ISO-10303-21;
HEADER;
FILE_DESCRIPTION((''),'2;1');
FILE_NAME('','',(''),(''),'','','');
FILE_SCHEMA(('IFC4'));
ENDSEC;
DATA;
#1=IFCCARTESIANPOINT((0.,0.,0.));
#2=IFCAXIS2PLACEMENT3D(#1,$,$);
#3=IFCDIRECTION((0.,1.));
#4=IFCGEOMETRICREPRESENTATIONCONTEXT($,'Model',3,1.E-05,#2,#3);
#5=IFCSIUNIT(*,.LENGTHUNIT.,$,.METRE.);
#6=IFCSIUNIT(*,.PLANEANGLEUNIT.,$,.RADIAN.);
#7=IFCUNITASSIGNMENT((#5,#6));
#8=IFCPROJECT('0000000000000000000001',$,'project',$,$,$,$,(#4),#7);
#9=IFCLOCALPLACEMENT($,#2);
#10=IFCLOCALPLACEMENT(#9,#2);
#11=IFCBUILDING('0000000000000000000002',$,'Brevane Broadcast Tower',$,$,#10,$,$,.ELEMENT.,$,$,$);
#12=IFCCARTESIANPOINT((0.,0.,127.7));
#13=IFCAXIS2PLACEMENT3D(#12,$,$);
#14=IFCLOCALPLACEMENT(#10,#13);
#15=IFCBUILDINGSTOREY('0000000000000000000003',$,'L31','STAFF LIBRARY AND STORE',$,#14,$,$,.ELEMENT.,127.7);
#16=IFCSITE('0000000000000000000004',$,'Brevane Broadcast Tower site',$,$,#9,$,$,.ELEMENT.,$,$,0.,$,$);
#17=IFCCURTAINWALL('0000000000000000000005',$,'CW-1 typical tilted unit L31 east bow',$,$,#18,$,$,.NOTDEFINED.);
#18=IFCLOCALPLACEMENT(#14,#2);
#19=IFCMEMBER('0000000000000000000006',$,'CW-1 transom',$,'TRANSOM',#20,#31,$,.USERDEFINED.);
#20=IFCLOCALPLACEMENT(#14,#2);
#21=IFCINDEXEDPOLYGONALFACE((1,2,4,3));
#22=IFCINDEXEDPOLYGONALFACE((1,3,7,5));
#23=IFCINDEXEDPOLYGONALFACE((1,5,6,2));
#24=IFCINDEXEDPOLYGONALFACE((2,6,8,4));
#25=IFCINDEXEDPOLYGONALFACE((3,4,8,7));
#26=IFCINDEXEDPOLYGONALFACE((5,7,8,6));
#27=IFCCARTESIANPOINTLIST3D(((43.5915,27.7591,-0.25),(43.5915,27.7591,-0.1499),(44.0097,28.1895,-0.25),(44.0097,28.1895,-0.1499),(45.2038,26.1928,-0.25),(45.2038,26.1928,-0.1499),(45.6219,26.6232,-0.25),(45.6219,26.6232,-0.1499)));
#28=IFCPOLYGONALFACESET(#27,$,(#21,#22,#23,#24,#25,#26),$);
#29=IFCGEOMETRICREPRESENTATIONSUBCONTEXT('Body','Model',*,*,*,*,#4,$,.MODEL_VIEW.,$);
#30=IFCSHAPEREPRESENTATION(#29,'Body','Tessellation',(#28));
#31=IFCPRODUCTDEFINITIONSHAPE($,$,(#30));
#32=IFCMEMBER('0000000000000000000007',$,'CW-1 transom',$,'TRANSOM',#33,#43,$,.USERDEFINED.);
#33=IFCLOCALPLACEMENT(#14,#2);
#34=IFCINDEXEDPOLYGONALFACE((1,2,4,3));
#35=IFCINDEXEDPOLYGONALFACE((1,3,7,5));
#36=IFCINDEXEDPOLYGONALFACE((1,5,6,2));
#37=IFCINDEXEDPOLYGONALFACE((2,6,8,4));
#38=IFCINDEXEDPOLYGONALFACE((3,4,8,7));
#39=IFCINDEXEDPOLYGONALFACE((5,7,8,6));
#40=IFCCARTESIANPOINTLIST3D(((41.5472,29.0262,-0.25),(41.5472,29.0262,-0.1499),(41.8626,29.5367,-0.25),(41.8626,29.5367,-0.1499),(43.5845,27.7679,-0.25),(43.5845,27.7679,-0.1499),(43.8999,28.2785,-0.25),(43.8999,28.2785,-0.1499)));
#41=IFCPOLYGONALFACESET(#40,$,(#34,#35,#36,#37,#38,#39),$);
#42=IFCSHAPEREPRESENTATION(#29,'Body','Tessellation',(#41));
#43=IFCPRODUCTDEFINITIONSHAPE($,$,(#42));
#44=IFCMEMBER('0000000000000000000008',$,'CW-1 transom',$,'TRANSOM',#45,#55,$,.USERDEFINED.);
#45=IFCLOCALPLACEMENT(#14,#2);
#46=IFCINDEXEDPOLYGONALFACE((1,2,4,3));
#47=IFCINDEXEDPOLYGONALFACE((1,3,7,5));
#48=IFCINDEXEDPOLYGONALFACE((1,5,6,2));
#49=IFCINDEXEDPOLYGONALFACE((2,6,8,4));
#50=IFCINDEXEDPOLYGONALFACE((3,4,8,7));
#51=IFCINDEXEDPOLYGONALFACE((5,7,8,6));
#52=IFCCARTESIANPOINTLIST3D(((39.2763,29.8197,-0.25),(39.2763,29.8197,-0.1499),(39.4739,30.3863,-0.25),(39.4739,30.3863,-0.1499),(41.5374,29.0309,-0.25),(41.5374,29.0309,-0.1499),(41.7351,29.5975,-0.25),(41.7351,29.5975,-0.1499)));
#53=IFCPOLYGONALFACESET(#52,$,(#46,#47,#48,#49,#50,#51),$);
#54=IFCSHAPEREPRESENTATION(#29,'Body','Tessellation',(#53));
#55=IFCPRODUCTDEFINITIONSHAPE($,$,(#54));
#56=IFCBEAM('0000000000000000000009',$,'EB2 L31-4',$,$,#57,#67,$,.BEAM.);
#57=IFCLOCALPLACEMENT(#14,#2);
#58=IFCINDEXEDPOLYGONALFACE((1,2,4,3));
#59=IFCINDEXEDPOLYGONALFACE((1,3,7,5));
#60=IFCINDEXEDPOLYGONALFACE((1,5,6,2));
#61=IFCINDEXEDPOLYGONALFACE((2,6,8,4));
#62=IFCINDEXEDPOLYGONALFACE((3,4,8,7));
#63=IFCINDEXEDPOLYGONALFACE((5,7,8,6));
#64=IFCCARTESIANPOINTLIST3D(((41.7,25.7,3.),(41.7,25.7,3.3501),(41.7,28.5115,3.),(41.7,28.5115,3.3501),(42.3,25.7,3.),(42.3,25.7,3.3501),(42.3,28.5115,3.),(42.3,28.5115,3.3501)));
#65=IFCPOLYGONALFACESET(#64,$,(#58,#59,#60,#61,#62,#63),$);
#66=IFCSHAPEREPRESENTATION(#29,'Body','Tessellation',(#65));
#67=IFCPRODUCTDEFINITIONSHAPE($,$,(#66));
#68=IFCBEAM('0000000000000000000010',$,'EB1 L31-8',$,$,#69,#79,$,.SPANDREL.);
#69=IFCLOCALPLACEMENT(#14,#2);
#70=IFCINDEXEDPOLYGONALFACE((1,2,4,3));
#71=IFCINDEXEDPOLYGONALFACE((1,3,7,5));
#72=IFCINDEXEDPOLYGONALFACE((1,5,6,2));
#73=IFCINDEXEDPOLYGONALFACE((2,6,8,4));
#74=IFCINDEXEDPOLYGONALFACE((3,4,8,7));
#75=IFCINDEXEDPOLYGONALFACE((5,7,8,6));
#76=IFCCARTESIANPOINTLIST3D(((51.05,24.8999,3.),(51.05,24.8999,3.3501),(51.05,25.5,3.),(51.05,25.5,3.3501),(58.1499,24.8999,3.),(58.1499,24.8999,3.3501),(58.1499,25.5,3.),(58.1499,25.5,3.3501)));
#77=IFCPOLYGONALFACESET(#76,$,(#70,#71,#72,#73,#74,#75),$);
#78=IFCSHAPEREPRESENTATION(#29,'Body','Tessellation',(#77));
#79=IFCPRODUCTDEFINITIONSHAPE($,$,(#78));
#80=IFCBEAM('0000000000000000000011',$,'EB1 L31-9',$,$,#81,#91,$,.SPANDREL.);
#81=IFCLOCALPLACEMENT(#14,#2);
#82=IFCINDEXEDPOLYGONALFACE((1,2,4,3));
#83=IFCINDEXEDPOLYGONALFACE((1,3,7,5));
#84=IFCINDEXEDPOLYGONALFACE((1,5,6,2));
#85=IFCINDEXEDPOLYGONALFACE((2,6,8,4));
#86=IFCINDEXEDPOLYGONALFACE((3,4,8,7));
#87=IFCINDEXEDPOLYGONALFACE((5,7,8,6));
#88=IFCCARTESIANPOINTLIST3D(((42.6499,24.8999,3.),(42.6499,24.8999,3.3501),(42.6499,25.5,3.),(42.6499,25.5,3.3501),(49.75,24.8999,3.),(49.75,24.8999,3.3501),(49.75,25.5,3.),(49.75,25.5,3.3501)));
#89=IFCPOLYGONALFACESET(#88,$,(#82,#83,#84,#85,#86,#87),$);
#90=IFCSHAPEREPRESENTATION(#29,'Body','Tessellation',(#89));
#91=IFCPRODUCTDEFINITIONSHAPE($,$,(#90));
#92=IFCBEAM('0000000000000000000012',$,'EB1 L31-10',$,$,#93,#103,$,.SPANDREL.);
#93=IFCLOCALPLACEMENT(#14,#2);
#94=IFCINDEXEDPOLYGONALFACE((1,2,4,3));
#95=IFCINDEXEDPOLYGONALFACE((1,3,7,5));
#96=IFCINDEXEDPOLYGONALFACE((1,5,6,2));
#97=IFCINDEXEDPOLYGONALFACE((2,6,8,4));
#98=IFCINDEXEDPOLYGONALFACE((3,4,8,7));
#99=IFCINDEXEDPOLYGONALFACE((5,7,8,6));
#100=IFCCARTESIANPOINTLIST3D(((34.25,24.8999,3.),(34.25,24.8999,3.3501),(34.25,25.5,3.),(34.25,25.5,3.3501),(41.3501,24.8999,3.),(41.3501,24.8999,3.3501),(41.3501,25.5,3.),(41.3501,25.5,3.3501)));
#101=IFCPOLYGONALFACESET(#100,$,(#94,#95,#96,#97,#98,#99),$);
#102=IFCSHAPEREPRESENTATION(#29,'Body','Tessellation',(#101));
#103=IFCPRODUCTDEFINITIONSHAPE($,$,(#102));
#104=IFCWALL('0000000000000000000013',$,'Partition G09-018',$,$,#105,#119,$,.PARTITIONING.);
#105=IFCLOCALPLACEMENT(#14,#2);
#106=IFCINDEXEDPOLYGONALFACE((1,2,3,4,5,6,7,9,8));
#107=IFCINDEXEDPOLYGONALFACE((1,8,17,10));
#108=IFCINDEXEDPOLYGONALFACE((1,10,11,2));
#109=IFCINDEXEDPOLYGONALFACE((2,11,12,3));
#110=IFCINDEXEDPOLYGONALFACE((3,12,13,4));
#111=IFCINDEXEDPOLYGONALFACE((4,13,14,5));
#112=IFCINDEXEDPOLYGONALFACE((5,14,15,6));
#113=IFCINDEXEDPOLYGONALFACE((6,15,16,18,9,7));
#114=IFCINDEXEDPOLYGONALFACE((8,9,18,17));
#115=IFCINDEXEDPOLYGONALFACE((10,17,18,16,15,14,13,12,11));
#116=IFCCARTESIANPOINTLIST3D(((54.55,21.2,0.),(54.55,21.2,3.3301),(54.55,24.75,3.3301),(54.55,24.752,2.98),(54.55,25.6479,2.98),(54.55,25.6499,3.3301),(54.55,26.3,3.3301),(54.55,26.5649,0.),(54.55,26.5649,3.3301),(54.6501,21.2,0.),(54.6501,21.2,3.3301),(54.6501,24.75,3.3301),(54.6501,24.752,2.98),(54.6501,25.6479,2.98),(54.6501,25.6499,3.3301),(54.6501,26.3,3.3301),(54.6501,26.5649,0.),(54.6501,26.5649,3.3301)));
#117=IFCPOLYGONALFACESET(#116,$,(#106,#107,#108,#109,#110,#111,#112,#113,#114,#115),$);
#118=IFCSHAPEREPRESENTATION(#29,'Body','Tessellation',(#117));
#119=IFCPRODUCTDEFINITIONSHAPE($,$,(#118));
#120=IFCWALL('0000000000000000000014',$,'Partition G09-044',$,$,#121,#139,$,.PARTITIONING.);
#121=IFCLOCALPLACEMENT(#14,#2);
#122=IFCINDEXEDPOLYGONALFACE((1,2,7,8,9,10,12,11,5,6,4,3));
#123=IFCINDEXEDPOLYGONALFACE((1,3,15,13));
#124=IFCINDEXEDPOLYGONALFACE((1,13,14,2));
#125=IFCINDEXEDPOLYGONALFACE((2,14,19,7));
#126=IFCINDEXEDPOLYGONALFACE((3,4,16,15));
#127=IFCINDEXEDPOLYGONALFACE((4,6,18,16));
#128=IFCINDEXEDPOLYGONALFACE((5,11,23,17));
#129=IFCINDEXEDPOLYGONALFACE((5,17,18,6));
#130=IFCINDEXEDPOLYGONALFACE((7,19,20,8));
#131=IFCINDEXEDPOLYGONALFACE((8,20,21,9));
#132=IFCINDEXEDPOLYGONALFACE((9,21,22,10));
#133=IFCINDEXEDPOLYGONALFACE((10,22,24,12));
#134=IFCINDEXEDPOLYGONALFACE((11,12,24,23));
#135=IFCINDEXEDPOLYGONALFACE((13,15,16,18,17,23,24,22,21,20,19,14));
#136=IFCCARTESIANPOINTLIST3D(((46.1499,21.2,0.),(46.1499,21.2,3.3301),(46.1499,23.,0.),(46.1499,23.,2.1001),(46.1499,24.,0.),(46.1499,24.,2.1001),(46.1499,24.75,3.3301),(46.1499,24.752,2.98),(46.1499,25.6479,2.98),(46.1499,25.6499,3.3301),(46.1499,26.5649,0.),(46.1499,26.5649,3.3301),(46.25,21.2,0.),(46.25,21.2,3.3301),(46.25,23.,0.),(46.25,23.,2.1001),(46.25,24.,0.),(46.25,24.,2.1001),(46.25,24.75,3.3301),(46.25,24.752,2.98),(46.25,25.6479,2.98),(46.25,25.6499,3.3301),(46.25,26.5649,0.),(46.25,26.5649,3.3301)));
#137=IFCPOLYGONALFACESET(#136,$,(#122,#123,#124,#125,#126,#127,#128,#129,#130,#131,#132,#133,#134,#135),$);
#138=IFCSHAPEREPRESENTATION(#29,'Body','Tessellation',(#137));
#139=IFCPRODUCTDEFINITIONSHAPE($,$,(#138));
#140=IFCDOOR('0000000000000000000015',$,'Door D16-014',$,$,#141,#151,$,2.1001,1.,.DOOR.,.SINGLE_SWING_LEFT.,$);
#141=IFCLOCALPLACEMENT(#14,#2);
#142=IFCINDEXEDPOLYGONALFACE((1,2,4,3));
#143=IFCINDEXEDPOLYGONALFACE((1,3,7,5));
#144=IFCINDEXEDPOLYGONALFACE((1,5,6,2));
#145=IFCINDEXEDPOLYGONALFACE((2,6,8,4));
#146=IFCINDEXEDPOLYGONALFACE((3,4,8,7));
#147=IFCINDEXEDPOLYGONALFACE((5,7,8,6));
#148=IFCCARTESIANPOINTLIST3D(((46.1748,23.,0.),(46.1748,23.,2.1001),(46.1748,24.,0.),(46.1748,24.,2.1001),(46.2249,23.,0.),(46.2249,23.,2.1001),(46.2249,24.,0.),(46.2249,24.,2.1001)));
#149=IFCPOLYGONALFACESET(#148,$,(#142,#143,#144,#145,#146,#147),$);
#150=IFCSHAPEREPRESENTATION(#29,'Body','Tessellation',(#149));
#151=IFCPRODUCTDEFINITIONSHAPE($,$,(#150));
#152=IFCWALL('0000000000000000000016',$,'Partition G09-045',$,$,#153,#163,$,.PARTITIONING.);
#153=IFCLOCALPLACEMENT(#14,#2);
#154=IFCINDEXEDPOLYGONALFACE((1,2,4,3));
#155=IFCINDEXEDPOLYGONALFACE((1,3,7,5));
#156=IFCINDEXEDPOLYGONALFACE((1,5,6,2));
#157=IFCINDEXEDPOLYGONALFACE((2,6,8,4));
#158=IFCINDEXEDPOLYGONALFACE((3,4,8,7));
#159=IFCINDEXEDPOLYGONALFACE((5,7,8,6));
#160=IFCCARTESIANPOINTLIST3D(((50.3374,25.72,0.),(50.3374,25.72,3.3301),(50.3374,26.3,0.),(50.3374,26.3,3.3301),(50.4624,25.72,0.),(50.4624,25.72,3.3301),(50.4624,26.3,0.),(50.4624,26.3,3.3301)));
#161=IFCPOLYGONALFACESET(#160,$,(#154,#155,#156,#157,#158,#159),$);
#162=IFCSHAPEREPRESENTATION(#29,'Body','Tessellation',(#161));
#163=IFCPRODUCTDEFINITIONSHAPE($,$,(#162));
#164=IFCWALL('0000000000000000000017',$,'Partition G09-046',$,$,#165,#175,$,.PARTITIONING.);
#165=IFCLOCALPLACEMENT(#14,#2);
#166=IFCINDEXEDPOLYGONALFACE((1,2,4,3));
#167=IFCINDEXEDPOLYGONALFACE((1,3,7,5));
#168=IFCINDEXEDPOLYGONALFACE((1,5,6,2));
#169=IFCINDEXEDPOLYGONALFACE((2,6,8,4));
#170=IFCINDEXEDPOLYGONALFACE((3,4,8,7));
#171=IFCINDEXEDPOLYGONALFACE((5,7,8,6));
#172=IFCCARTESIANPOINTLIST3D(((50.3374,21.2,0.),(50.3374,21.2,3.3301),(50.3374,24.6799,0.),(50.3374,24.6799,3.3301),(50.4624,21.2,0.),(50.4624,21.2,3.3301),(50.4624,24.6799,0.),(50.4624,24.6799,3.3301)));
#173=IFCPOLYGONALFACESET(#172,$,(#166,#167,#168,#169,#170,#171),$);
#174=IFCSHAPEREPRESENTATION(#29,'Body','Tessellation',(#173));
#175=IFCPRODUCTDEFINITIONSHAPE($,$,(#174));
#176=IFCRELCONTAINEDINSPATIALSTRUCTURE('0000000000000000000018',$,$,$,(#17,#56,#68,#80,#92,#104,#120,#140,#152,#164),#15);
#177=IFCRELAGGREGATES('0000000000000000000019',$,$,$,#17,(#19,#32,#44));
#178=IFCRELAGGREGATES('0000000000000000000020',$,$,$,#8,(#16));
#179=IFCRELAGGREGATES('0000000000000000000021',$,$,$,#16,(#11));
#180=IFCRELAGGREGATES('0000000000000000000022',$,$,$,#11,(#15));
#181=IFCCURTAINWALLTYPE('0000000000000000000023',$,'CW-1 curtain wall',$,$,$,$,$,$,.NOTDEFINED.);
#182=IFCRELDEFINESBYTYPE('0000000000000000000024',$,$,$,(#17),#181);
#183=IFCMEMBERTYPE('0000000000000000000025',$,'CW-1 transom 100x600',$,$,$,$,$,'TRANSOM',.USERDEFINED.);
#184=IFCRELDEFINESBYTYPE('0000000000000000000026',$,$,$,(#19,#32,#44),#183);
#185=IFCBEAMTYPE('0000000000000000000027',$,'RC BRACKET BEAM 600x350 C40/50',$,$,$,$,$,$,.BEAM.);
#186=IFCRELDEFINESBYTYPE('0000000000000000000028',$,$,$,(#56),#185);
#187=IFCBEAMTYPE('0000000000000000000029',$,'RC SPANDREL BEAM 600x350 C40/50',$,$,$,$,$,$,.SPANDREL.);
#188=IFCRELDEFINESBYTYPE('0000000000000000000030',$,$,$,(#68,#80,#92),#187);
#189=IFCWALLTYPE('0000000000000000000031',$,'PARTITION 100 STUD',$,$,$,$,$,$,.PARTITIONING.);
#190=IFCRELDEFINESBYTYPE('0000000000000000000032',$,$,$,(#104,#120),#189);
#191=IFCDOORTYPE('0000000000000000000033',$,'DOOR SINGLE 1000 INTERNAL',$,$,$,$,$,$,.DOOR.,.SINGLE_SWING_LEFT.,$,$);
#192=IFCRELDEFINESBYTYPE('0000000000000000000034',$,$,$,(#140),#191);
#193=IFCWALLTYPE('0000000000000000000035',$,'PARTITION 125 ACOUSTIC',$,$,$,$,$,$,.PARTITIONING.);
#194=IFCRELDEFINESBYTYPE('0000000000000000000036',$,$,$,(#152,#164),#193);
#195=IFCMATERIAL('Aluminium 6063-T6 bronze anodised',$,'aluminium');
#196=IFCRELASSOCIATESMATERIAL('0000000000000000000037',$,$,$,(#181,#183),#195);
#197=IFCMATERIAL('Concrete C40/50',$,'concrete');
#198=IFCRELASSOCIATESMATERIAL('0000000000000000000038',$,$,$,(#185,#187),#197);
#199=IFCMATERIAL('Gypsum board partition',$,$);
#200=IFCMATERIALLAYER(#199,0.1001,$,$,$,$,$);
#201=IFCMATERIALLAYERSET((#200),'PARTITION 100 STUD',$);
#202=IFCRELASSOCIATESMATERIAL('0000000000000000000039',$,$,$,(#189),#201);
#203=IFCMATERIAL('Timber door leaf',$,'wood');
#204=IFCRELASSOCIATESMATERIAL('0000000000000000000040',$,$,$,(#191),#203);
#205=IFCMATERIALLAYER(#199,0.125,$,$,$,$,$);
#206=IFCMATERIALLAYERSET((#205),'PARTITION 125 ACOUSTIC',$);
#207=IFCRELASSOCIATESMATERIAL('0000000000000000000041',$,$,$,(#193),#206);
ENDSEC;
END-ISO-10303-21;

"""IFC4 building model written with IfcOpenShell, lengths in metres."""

from ifc_helpers import new_model, si_unit, direction, frame, frame_2d, origin, origin_2d, place, context, subcontext, project, spatial, polyline, rectangle, outline, extrude, material, layer, layer_set, material_profile, profile_set, type_object, element, fill, aggregate, save


model = new_model("IFC4")

# Units and contexts
model_context = context("Model", 3, precision=1e-05, world=origin(), true_north=direction((0.0, 1.0)))
body_context = subcontext(model_context, "Body", "Model", "MODEL_VIEW")
ifc_project = project(units=[si_unit("LENGTHUNIT", "METRE"), si_unit("PLANEANGLEUNIT", "RADIAN")], contexts=[model_context])

# Site, building, storey
site_placement = place(None, origin())
site = spatial("IfcSite", under=ifc_project, at=site_placement, Name="Brevane Broadcast Tower site", CompositionType="ELEMENT", RefElevation=0.0)
building_placement = place(site_placement, origin())
building = spatial("IfcBuilding", under=site, at=building_placement, Name="Brevane Broadcast Tower", CompositionType="ELEMENT")
storey_placement = place(building_placement, frame((0.0, 0.0, 127.7)))
storey = spatial("IfcBuildingStorey", under=building, at=storey_placement, Name="L31", Description="STAFF LIBRARY AND STORE", CompositionType="ELEMENT", Elevation=127.7)

# Curtain wall
ifc_material_1 = material(Name="Aluminium 6063-T6 bronze anodised", Category="aluminium")
curtain_wall_type = type_object("IfcCurtainWallType", Name="CW-1 curtain wall", PredefinedType="NOTDEFINED", material=ifc_material_1)
curtain_wall_1_placement = place(storey_placement, origin())
curtain_wall_1 = element("IfcCurtainWall", 1, at=curtain_wall_1_placement, inside=storey, type_object=curtain_wall_type, Name="CW-1 typical tilted unit L31 east bow", PredefinedType="NOTDEFINED")

# Members
ifc_material_profile_1 = material_profile(ifc_material_1, rectangle(XDim=0.6001, YDim=0.1001, at=origin_2d()), Name="RECT 100x600")
ifc_profile_set_1 = profile_set([ifc_material_profile_1], Name="Aluminium 6063-T6 bronze anodised")
member_type_1 = type_object("IfcMemberType", Name="CW-1 transom 100x600", ElementType="TRANSOM", PredefinedType="USERDEFINED", material=ifc_profile_set_1)
member_1_placement = place(storey_placement, frame((45.4128, 26.408, -0.2), z_axis=(-0.717242, 0.696824, 0.0), x_axis=(-0.696824, -0.717242, 0.0)))
member_1 = element("IfcMember", 2, at=member_1_placement, type_object=member_type_1, Name="CW-1 transom", ObjectType="TRANSOM", PredefinedType="USERDEFINED", context=body_context, shape_type="SweptSolid", body=[
    extrude(rectangle(XDim=0.6001, YDim=0.1001, at=origin_2d()), origin(), (0.0, 0.0, 1.0), 2.2478),
])
member_2_placement = place(storey_placement, frame((43.7422, 28.0232, -0.2), z_axis=(-0.85081, 0.525473, 0.0), x_axis=(-0.525473, -0.85081, 0.0)))
member_2 = element("IfcMember", 3, at=member_2_placement, type_object=member_type_1, Name="CW-1 transom", ObjectType="TRANSOM", PredefinedType="USERDEFINED", context=body_context, shape_type="SweptSolid", body=[
    extrude(rectangle(XDim=0.6001, YDim=0.1001, at=origin_2d()), origin(), (0.0, 0.0, 1.0), 2.3945),
])
member_3_placement = place(storey_placement, frame((41.6362, 29.3142, -0.2), z_axis=(-0.944198, 0.329378, 0.0), x_axis=(-0.329378, -0.944198, 0.0)))
member_3 = element("IfcMember", 4, at=member_3_placement, type_object=member_type_1, Name="CW-1 transom", ObjectType="TRANSOM", PredefinedType="USERDEFINED", context=body_context, shape_type="SweptSolid", body=[
    extrude(rectangle(XDim=0.6001, YDim=0.1001, at=origin_2d()), origin(), (0.0, 0.0, 1.0), 2.3948),
])
aggregate(curtain_wall_1, [member_1, member_2, member_3])

# Beams
ifc_material_2 = material(Name="Concrete C40/50", Category="concrete")
ifc_material_profile_2 = material_profile(ifc_material_2, rectangle(XDim=0.6001, YDim=0.3501, at=origin_2d()), Name="RC 600x350")
ifc_profile_set_2 = profile_set([ifc_material_profile_2], Name="Concrete C40/50")
beam_type_1 = type_object("IfcBeamType", Name="RC BRACKET BEAM 600x350 C40/50", PredefinedType="BEAM", material=ifc_profile_set_2)
beam_1_placement = place(storey_placement, frame((42.0, 25.7, 3.175), z_axis=(0.0, 1.0, 0.0), x_axis=(-1.0, 0.0, 0.0)))
element("IfcBeam", 5, at=beam_1_placement, inside=storey, type_object=beam_type_1, Name="EB2 L31-4", PredefinedType="BEAM", context=body_context, shape_type="SweptSolid", body=[
    extrude(rectangle(XDim=0.6001, YDim=0.3501, at=origin_2d()), origin(), (0.0, 0.0, 1.0), 2.8115),
])
ifc_material_profile_3 = material_profile(ifc_material_2, rectangle(XDim=0.6001, YDim=0.3501, at=origin_2d()), Name="RC 600x350")
ifc_profile_set_3 = profile_set([ifc_material_profile_3], Name="Concrete C40/50")
beam_type_2 = type_object("IfcBeamType", Name="RC SPANDREL BEAM 600x350 C40/50", PredefinedType="SPANDREL", material=ifc_profile_set_3)
beam_2_placement = place(storey_placement, frame((58.1499, 25.2, 3.175), z_axis=(-1.0, 0.0, 0.0), x_axis=(0.0, -1.0, 0.0)))
element("IfcBeam", 6, at=beam_2_placement, inside=storey, type_object=beam_type_2, Name="EB1 L31-8", PredefinedType="SPANDREL", context=body_context, shape_type="SweptSolid", body=[
    extrude(rectangle(XDim=0.6001, YDim=0.3501, at=origin_2d()), origin(), (0.0, 0.0, 1.0), 7.0999),
])
for number, where, z_axis, x_axis, name in (
    (7, (49.75, 25.2, 3.175), (-1.0, 0.0, 0.0), (0.0, -1.0, 0.0), "EB1 L31-9"),
    (8, (41.3501, 25.2, 3.175), (-1.0, 0.0, 0.0), (0.0, -1.0, 0.0), "EB1 L31-10"),
):
    element("IfcBeam", number, at=place(storey_placement, frame(where, z_axis=z_axis, x_axis=x_axis)), inside=storey, type_object=beam_type_2, Name=name, PredefinedType="SPANDREL", context=body_context, shape_type="SweptSolid", body=[
        extrude(rectangle(XDim=0.6001, YDim=0.3501, at=origin_2d()), origin(), (0.0, 0.0, 1.0), 7.1001),
    ])

# Wall
ifc_material_3 = material(Name="Gypsum board partition")
ifc_layer_1 = layer(ifc_material_3, 0.1001)
ifc_layer_set_1 = layer_set([ifc_layer_1], Name="PARTITION 100 STUD")
wall_type_1 = type_object("IfcWallType", Name="PARTITION 100 STUD", PredefinedType="PARTITIONING", material=ifc_layer_set_1)
wall_1_placement = place(storey_placement, frame((54.6001, 21.2, 0.0), z_axis=(0.0, 0.0, 1.0), x_axis=(0.0, 1.0, 0.0)))
element("IfcWall", 9, at=wall_1_placement, inside=storey, type_object=wall_type_1, Name="Partition G09-018", PredefinedType="PARTITIONING", context=body_context, shape_type="SweptSolid", body=[
    extrude(outline(polyline([(0.0, 0.0), (5.365, 0.0), (5.365, 3.3301), (5.1001, 3.3301), (4.45, 3.3301), (4.448, 2.98), (3.552, 2.98), (3.55, 3.3301), (0.0, 3.3301), (0.0, 0.0)])), frame((0.0, 0.05, 0.0), z_axis=(0.0, -1.0, 0.0), x_axis=(1.0, 0.0, 0.0)), (0.0, 0.0, 1.0), 0.1001),
])

# Wall, opening, door
wall_2_placement = place(storey_placement, frame((46.2, 26.5649, 0.0), z_axis=(0.0, 0.0, 1.0), x_axis=(0.0, -1.0, 0.0)))
wall_2 = element("IfcWall", 10, at=wall_2_placement, inside=storey, type_object=wall_type_1, Name="Partition G09-044", PredefinedType="PARTITIONING", context=body_context, shape_type="SweptSolid", body=[
    extrude(outline(polyline([(0.0, 0.0), (5.365, 0.0), (5.365, 3.3301), (1.8149, 3.3301), (1.813, 2.98), (0.917, 2.98), (0.915, 3.3301), (0.2649, 3.3301), (0.0, 3.3301), (0.0, 0.0)])), frame((0.0, 0.05, 0.0), z_axis=(0.0, -1.0, 0.0), x_axis=(1.0, 0.0, 0.0)), (0.0, 0.0, 1.0), 0.1001),
])
opening_1_placement = place(wall_2_placement, frame((2.5649, 0.0, 0.0)))
opening_1 = element("IfcOpeningElement", 11, at=opening_1_placement, cuts=wall_2, PredefinedType="OPENING", context=body_context, shape_type="SweptSolid", body=[
    extrude(rectangle(XDim=1.0, YDim=2.1001, at=frame_2d((0.5, 1.05))), frame((0.0, 0.0601, 0.0), z_axis=(0.0, -1.0, 0.0), x_axis=(1.0, 0.0, 0.0)), (0.0, 0.0, 1.0), 0.1201),
])
ifc_material_4 = material(Name="Timber door leaf", Category="wood")
door_type_1 = type_object("IfcDoorType", Name="DOOR SINGLE 1000 INTERNAL", OperationType="SINGLE_SWING_LEFT", PredefinedType="DOOR", material=ifc_material_4)
door_1_placement = place(opening_1_placement, origin())
door_1 = element("IfcDoor", 12, at=door_1_placement, inside=storey, type_object=door_type_1, Name="Door D16-014", OperationType="SINGLE_SWING_LEFT", OverallHeight=2.1001, OverallWidth=1.0, PredefinedType="DOOR", context=body_context, shape_type="SweptSolid", body=[
    extrude(rectangle(XDim=1.0, YDim=2.1001, at=frame_2d((0.5, 1.05))), frame((0.0, 0.0249, 0.0), z_axis=(0.0, -1.0, 0.0), x_axis=(1.0, 0.0, 0.0)), (0.0, 0.0, 1.0), 0.05),
])
fill(opening_1, door_1)

# Walls
ifc_layer_2 = layer(ifc_material_3, 0.125)
ifc_layer_set_2 = layer_set([ifc_layer_2], Name="PARTITION 125 ACOUSTIC")
wall_type_2 = type_object("IfcWallType", Name="PARTITION 125 ACOUSTIC", PredefinedType="PARTITIONING", material=ifc_layer_set_2)
wall_3_placement = place(storey_placement, frame((50.3999, 26.3, 0.0), z_axis=(0.0, 0.0, 1.0), x_axis=(0.0, -1.0, 0.0)))
element("IfcWall", 13, at=wall_3_placement, inside=storey, type_object=wall_type_2, Name="Partition G09-045", PredefinedType="PARTITIONING", context=body_context, shape_type="SweptSolid", body=[
    extrude(rectangle(XDim=0.5801, YDim=0.125, at=frame_2d((0.29, 0.0))), origin(), (0.0, 0.0, 1.0), 3.3301),
])
wall_4_placement = place(storey_placement, frame((50.3999, 24.6799, 0.0), z_axis=(0.0, 0.0, 1.0), x_axis=(0.0, -1.0, 0.0)))
element("IfcWall", 14, at=wall_4_placement, inside=storey, type_object=wall_type_2, Name="Partition G09-046", PredefinedType="PARTITIONING", context=body_context, shape_type="SweptSolid", body=[
    extrude(rectangle(XDim=3.48, YDim=0.125, at=frame_2d((1.74, 0.0))), origin(), (0.0, 0.0, 1.0), 3.3301),
])

save(model, "model.ifc")
